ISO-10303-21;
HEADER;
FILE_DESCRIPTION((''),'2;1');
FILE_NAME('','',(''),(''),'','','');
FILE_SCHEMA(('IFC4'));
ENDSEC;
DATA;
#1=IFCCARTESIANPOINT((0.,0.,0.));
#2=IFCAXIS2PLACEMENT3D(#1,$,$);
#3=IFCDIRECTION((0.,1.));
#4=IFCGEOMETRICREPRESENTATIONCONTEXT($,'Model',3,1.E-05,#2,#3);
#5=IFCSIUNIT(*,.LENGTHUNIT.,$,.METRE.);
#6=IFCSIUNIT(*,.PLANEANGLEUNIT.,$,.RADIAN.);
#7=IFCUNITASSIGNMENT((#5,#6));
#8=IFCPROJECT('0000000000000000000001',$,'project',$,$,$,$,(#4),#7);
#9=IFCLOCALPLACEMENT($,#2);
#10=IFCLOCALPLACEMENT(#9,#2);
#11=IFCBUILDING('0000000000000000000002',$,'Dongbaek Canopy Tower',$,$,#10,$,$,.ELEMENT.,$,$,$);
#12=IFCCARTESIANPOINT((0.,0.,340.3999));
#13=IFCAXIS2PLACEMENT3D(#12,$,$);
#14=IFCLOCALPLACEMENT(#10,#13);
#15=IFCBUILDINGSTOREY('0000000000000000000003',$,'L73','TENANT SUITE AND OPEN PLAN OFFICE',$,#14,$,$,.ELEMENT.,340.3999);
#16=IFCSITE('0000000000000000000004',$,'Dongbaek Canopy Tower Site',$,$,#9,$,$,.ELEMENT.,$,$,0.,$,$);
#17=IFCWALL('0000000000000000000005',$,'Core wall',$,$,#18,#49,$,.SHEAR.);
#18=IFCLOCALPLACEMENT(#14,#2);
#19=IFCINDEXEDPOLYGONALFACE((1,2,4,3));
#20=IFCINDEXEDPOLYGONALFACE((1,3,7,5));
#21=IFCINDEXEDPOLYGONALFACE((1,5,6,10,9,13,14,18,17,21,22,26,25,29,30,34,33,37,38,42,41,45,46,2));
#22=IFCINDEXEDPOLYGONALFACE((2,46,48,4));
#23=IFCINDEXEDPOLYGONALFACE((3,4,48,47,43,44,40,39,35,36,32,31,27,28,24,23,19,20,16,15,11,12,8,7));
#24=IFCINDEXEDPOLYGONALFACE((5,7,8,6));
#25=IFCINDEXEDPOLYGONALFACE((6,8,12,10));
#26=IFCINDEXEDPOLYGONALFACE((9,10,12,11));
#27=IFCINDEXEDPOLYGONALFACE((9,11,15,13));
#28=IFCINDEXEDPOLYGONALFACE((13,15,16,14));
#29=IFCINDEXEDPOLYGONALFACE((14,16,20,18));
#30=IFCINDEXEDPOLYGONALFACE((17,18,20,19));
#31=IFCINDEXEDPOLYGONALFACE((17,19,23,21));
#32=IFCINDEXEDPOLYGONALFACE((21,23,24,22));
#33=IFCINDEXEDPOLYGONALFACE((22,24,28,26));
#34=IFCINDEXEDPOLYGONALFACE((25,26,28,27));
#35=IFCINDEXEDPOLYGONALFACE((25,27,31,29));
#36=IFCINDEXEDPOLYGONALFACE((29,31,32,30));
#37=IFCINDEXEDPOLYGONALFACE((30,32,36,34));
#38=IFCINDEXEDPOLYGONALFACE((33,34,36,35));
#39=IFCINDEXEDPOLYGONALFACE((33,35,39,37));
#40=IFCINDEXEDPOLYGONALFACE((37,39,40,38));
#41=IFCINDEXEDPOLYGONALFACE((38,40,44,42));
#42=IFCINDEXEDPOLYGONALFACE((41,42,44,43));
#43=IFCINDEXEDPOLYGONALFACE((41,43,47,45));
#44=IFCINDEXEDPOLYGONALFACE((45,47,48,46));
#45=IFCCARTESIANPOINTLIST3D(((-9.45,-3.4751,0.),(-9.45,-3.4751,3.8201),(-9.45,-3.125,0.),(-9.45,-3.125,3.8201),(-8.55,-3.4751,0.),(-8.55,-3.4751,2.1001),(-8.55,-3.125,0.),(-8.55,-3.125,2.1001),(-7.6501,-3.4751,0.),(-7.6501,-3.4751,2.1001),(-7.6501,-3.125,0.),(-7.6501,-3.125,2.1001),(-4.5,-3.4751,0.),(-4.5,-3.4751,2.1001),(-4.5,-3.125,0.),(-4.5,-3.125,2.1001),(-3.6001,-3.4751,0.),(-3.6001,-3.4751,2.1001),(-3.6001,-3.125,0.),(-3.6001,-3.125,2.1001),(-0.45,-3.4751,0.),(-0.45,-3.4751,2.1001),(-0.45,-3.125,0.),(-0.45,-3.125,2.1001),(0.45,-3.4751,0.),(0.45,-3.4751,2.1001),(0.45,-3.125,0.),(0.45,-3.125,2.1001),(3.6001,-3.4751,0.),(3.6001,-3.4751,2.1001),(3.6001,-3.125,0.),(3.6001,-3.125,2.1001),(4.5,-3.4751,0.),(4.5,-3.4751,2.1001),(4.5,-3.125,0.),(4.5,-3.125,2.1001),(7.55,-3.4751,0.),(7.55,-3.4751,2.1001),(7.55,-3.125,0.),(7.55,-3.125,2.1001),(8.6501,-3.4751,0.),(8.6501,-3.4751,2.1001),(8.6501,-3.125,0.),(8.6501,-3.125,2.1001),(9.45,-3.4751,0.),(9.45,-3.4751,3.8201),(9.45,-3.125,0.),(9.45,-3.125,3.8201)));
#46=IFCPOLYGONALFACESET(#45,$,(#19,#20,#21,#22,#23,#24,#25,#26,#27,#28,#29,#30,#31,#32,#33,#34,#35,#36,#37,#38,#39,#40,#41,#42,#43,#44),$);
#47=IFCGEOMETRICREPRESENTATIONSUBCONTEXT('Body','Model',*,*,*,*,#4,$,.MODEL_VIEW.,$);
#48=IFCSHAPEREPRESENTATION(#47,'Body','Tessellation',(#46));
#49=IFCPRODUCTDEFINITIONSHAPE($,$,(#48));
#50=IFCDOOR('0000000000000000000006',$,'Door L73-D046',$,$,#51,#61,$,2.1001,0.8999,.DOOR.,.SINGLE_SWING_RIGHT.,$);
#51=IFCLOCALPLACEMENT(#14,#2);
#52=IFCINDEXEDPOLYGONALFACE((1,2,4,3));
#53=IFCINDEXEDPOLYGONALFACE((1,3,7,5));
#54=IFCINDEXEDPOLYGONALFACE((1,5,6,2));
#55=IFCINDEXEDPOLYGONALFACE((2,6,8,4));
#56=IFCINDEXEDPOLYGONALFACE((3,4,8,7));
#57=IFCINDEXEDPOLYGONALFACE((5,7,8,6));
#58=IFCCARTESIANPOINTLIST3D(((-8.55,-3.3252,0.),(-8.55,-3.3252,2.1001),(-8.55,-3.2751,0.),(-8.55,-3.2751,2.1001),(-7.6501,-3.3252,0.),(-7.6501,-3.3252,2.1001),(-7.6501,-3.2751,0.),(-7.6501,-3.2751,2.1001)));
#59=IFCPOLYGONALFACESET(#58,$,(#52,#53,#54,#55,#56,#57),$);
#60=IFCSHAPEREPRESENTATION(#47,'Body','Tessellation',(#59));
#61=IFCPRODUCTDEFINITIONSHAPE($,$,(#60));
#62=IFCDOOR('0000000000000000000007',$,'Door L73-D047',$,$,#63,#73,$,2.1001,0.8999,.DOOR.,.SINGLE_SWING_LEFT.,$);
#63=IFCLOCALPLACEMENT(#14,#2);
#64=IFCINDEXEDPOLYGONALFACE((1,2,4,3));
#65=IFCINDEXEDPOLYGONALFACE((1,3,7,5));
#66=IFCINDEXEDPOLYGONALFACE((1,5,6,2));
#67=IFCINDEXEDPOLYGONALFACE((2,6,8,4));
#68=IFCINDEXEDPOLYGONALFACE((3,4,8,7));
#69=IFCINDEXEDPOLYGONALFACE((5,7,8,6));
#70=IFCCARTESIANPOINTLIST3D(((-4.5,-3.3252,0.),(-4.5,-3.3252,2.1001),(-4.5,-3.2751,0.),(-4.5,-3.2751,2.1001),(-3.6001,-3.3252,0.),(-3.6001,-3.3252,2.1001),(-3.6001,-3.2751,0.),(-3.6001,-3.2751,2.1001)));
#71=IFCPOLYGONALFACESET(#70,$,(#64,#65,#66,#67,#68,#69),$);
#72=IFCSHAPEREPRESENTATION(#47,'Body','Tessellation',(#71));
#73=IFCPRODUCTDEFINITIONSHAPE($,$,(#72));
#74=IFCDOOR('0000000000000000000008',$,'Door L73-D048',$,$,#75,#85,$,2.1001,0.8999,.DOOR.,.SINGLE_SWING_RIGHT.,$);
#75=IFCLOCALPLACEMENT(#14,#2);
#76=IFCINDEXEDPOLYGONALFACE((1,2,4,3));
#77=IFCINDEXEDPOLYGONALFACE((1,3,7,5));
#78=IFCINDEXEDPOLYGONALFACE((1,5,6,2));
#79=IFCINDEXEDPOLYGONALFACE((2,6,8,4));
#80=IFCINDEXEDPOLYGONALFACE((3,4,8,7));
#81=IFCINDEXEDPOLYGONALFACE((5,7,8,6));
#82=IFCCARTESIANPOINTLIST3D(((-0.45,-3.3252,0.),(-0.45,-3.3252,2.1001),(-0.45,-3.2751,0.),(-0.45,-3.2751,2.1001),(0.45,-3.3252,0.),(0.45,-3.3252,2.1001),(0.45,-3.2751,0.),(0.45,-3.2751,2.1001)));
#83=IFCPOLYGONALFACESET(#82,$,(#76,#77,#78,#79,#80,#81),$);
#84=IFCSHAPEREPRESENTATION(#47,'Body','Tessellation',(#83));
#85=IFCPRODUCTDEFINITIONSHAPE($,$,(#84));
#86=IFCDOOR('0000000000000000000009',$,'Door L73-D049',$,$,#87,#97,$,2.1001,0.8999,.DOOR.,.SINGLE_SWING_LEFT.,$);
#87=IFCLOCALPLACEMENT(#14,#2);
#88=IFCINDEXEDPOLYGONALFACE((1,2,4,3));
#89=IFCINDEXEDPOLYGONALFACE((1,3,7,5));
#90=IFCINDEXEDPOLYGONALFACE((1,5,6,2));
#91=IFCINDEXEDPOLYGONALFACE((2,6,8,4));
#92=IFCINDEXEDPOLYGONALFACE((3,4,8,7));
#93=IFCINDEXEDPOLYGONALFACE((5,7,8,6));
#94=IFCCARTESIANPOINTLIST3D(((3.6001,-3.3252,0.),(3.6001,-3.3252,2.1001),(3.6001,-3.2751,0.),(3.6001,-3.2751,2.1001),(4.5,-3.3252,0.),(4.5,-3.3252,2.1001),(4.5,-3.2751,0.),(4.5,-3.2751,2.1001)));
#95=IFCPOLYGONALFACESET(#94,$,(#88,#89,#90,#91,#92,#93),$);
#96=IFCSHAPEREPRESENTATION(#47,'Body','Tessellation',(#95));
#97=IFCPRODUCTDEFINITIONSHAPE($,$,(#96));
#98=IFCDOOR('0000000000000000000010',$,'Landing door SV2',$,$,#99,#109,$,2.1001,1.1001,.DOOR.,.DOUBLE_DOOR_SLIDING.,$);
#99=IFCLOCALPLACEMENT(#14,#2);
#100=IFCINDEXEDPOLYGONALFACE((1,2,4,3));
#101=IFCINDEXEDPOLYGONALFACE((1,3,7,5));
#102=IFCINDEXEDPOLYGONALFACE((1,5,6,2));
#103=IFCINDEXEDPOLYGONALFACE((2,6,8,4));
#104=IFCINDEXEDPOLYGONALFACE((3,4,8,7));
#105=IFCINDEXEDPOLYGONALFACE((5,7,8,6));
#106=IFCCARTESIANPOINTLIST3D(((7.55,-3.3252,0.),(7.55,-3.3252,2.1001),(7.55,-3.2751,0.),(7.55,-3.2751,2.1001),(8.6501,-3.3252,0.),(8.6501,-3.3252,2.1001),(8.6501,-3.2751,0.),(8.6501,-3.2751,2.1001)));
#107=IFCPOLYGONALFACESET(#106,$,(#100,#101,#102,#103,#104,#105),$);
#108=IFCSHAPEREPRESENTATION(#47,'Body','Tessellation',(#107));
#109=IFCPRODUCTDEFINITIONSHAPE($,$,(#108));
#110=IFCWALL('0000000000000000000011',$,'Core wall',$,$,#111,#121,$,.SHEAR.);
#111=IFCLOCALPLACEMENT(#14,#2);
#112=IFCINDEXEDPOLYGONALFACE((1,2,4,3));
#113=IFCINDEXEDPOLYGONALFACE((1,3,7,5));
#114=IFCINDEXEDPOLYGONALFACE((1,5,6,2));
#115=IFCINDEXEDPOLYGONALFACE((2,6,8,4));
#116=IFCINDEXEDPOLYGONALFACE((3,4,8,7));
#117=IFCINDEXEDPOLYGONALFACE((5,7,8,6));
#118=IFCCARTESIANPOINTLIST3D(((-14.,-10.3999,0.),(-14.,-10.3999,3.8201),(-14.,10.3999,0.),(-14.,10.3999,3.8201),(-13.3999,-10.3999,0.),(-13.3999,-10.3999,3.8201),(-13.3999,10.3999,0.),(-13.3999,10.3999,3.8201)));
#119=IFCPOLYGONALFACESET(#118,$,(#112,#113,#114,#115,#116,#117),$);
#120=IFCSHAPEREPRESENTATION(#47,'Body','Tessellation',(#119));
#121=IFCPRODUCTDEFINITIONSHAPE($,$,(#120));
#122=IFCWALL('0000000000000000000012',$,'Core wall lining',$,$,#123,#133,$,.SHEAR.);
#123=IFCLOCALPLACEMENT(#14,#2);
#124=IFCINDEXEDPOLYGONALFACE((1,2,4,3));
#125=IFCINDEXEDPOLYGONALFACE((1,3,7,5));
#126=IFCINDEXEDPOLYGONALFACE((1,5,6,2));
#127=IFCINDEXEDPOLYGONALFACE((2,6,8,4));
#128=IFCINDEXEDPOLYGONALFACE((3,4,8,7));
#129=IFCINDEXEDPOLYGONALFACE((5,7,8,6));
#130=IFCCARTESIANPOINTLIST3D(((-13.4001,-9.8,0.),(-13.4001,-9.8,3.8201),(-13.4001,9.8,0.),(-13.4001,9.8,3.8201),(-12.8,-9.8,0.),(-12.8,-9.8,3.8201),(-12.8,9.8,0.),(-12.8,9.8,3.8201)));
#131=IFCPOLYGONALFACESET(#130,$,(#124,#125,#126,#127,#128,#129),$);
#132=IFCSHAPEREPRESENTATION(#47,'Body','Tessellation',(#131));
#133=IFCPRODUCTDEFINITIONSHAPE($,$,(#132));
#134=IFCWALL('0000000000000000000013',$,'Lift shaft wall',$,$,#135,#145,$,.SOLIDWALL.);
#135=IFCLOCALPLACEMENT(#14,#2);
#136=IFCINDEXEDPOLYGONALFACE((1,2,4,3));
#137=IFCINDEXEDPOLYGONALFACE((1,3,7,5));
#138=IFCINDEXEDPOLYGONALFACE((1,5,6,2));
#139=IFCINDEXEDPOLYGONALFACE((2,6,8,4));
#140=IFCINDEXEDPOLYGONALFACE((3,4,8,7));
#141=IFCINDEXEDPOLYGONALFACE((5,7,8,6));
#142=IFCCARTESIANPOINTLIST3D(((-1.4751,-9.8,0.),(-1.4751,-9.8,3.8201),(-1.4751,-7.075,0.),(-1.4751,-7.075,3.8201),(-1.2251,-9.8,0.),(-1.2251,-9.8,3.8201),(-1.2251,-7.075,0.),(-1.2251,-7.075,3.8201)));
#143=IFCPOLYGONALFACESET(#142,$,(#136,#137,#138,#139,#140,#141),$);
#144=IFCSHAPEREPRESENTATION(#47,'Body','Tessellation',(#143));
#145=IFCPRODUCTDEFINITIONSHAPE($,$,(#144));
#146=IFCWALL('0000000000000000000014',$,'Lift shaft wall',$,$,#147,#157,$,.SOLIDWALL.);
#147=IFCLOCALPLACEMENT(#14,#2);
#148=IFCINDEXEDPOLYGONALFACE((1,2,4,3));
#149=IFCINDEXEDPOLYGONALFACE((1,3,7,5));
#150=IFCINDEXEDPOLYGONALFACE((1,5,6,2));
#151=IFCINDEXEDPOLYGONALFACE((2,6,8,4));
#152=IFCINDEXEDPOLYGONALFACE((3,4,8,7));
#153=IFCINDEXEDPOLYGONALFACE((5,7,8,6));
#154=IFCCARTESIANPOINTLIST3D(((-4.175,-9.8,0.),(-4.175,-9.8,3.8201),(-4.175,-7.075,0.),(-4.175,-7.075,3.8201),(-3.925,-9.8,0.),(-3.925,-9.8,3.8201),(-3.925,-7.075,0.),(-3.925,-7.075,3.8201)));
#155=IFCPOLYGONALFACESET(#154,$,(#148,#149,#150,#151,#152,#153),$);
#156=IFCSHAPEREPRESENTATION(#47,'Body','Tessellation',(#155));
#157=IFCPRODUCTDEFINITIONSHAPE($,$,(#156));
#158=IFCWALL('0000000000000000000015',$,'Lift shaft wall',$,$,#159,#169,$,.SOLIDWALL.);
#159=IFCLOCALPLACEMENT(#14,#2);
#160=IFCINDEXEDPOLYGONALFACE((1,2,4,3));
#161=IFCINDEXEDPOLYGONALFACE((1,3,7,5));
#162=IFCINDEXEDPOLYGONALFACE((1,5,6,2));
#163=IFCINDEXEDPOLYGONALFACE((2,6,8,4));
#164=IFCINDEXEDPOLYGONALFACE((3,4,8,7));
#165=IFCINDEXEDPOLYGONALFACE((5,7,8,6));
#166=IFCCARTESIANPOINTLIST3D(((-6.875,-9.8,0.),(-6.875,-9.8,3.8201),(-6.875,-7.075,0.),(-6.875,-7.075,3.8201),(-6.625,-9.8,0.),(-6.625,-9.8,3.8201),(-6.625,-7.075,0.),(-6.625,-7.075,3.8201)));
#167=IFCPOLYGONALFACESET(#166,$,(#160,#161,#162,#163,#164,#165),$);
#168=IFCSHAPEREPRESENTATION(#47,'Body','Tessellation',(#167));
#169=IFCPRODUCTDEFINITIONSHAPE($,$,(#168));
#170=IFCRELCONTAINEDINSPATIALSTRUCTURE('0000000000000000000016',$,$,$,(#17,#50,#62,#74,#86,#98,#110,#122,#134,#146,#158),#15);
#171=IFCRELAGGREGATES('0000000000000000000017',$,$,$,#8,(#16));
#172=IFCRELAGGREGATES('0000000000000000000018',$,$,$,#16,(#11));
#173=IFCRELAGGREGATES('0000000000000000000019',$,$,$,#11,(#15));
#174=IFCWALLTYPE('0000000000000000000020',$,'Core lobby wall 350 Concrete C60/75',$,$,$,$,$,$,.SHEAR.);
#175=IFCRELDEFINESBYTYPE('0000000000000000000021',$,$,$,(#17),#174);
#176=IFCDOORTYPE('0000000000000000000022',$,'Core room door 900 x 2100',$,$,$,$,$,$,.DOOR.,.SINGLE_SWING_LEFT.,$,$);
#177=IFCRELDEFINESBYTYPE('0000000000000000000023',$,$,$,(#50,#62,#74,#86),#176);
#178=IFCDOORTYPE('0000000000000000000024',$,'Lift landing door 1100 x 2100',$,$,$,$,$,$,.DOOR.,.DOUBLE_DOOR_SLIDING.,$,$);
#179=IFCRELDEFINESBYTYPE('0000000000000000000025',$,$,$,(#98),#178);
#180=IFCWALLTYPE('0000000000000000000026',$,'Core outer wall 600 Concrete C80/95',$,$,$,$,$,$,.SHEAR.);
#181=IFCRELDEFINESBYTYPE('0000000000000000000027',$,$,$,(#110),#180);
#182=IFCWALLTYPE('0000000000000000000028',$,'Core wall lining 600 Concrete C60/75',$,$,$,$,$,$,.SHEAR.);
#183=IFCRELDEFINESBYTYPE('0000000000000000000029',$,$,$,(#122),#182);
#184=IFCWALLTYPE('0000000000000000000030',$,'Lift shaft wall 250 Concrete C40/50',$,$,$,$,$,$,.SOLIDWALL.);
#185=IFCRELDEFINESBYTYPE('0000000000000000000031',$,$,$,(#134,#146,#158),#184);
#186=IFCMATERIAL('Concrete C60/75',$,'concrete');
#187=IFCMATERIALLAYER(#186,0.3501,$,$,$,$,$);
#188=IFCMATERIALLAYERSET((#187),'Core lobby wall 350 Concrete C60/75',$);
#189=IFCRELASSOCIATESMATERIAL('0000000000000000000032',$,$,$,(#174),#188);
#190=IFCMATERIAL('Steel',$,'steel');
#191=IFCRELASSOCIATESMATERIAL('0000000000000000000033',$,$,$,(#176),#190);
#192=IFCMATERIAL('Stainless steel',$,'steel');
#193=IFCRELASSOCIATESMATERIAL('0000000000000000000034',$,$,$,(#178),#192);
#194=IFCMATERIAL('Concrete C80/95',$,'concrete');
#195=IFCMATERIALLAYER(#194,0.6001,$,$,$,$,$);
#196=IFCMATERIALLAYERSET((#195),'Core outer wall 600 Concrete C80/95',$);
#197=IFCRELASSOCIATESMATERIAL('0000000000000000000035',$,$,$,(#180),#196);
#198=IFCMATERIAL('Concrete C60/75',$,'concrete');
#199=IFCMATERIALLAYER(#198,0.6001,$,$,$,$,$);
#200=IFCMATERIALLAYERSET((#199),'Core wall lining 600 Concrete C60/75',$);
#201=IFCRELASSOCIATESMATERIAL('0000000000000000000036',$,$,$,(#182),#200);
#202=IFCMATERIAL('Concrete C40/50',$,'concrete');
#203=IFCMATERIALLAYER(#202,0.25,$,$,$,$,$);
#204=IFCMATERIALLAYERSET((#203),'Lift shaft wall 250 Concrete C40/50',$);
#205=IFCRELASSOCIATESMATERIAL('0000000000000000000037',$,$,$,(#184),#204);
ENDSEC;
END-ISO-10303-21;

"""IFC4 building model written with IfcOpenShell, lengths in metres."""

from ifc_helpers import new_model, si_unit, direction, frame, frame_2d, origin, place, context, subcontext, project, spatial, rectangle, extrude, material, layer, layer_set, type_object, element, fill, save


model = new_model("IFC4")

# Units and contexts
model_context = context("Model", 3, precision=1e-05, world=origin(), true_north=direction((0.0, 1.0)))
body_context = subcontext(model_context, "Body", "Model", "MODEL_VIEW")
ifc_project = project(units=[si_unit("LENGTHUNIT", "METRE"), si_unit("PLANEANGLEUNIT", "RADIAN")], contexts=[model_context])

# Site, building, storey
site_placement = place(None, origin())
site = spatial("IfcSite", under=ifc_project, at=site_placement, Name="Dongbaek Canopy Tower Site", CompositionType="ELEMENT", RefElevation=0.0)
building_placement = place(site_placement, origin())
building = spatial("IfcBuilding", under=site, at=building_placement, Name="Dongbaek Canopy Tower", CompositionType="ELEMENT")
storey_placement = place(building_placement, frame((0.0, 0.0, 340.3999)))
storey = spatial("IfcBuildingStorey", under=building, at=storey_placement, Name="L73", Description="TENANT SUITE AND OPEN PLAN OFFICE", CompositionType="ELEMENT", Elevation=340.3999)

# Wall, openings, doors
ifc_material_1 = material(Name="Concrete C60/75", Category="concrete")
ifc_layer_1 = layer(ifc_material_1, 0.3501)
ifc_layer_set_1 = layer_set([ifc_layer_1], Name="Core lobby wall 350 Concrete C60/75")
wall_type_1 = type_object("IfcWallType", Name="Core lobby wall 350 Concrete C60/75", PredefinedType="SHEAR", material=ifc_layer_set_1)
wall_1_placement = place(storey_placement, frame((-9.45, -3.3, 0.0), z_axis=(0.0, 0.0, 1.0), x_axis=(1.0, 0.0, 0.0)))
wall_1 = element("IfcWall", 1, at=wall_1_placement, inside=storey, type_object=wall_type_1, Name="Core wall", PredefinedType="SHEAR", context=body_context, shape_type="SweptSolid", body=[
    extrude(rectangle(XDim=18.8999, YDim=0.3501, at=frame_2d((9.45, 0.0))), origin(), (0.0, 0.0, 1.0), 3.8201),
])
opening_1_placement = place(wall_1_placement, frame((17.0, 0.0, 0.0)))
opening_1 = element("IfcOpeningElement", 2, at=opening_1_placement, cuts=wall_1, PredefinedType="OPENING", context=body_context, shape_type="SweptSolid", body=[
    extrude(rectangle(XDim=1.1001, YDim=2.1001, at=frame_2d((0.55, 1.05))), frame((0.0, 0.1851, 0.0), z_axis=(0.0, -1.0, 0.0), x_axis=(1.0, 0.0, 0.0)), (0.0, 0.0, 1.0), 0.3701),
])
opening_2_placement = place(wall_1_placement, frame((0.8999, 0.0, 0.0)))
opening_2 = element("IfcOpeningElement", 3, at=opening_2_placement, cuts=wall_1, PredefinedType="OPENING", context=body_context, shape_type="SweptSolid", body=[
    extrude(rectangle(XDim=0.8999, YDim=2.1001, at=frame_2d((0.45, 1.05))), frame((0.0, 0.1851, 0.0), z_axis=(0.0, -1.0, 0.0), x_axis=(1.0, 0.0, 0.0)), (0.0, 0.0, 1.0), 0.3701),
])
opening_3_placement = place(wall_1_placement, frame((4.95, 0.0, 0.0)))
opening_3 = element("IfcOpeningElement", 4, at=opening_3_placement, cuts=wall_1, PredefinedType="OPENING", context=body_context, shape_type="SweptSolid", body=[
    extrude(rectangle(XDim=0.8999, YDim=2.1001, at=frame_2d((0.45, 1.05))), frame((0.0, 0.1851, 0.0), z_axis=(0.0, -1.0, 0.0), x_axis=(1.0, 0.0, 0.0)), (0.0, 0.0, 1.0), 0.3701),
])
opening_4_placement = place(wall_1_placement, frame((9.0, 0.0, 0.0)))
opening_4 = element("IfcOpeningElement", 5, at=opening_4_placement, cuts=wall_1, PredefinedType="OPENING", context=body_context, shape_type="SweptSolid", body=[
    extrude(rectangle(XDim=0.8999, YDim=2.1001, at=frame_2d((0.45, 1.05))), frame((0.0, 0.1851, 0.0), z_axis=(0.0, -1.0, 0.0), x_axis=(1.0, 0.0, 0.0)), (0.0, 0.0, 1.0), 0.3701),
])
opening_5_placement = place(wall_1_placement, frame((13.05, 0.0, 0.0)))
opening_5 = element("IfcOpeningElement", 6, at=opening_5_placement, cuts=wall_1, PredefinedType="OPENING", context=body_context, shape_type="SweptSolid", body=[
    extrude(rectangle(XDim=0.8999, YDim=2.1001, at=frame_2d((0.45, 1.05))), frame((0.0, 0.1851, 0.0), z_axis=(0.0, -1.0, 0.0), x_axis=(1.0, 0.0, 0.0)), (0.0, 0.0, 1.0), 0.3701),
])
ifc_material_2 = material(Name="Steel", Category="steel")
door_type_1 = type_object("IfcDoorType", Name="Core room door 900 x 2100", OperationType="SINGLE_SWING_LEFT", PredefinedType="DOOR", material=ifc_material_2)
door_1_placement = place(opening_2_placement, origin())
door_1 = element("IfcDoor", 7, at=door_1_placement, inside=storey, type_object=door_type_1, Name="Door L73-D046", OperationType="SINGLE_SWING_RIGHT", OverallHeight=2.1001, OverallWidth=0.8999, PredefinedType="DOOR", context=body_context, shape_type="SweptSolid", body=[
    extrude(rectangle(XDim=0.8999, YDim=2.1001, at=frame_2d((0.45, 1.05))), frame((0.0, 0.0249, 0.0), z_axis=(0.0, -1.0, 0.0), x_axis=(1.0, 0.0, 0.0)), (0.0, 0.0, 1.0), 0.05),
])
fill(opening_2, door_1)
door_2_placement = place(opening_3_placement, origin())
door_2 = element("IfcDoor", 8, at=door_2_placement, inside=storey, type_object=door_type_1, Name="Door L73-D047", OperationType="SINGLE_SWING_LEFT", OverallHeight=2.1001, OverallWidth=0.8999, PredefinedType="DOOR", context=body_context, shape_type="SweptSolid", body=[
    extrude(rectangle(XDim=0.8999, YDim=2.1001, at=frame_2d((0.45, 1.05))), frame((0.0, 0.0249, 0.0), z_axis=(0.0, -1.0, 0.0), x_axis=(1.0, 0.0, 0.0)), (0.0, 0.0, 1.0), 0.05),
])
fill(opening_3, door_2)
door_3_placement = place(opening_4_placement, origin())
door_3 = element("IfcDoor", 9, at=door_3_placement, inside=storey, type_object=door_type_1, Name="Door L73-D048", OperationType="SINGLE_SWING_RIGHT", OverallHeight=2.1001, OverallWidth=0.8999, PredefinedType="DOOR", context=body_context, shape_type="SweptSolid", body=[
    extrude(rectangle(XDim=0.8999, YDim=2.1001, at=frame_2d((0.45, 1.05))), frame((0.0, 0.0249, 0.0), z_axis=(0.0, -1.0, 0.0), x_axis=(1.0, 0.0, 0.0)), (0.0, 0.0, 1.0), 0.05),
])
fill(opening_4, door_3)
door_4_placement = place(opening_5_placement, origin())
door_4 = element("IfcDoor", 10, at=door_4_placement, inside=storey, type_object=door_type_1, Name="Door L73-D049", OperationType="SINGLE_SWING_LEFT", OverallHeight=2.1001, OverallWidth=0.8999, PredefinedType="DOOR", context=body_context, shape_type="SweptSolid", body=[
    extrude(rectangle(XDim=0.8999, YDim=2.1001, at=frame_2d((0.45, 1.05))), frame((0.0, 0.0249, 0.0), z_axis=(0.0, -1.0, 0.0), x_axis=(1.0, 0.0, 0.0)), (0.0, 0.0, 1.0), 0.05),
])
fill(opening_5, door_4)
ifc_material_3 = material(Name="Stainless steel", Category="steel")
door_type_2 = type_object("IfcDoorType", Name="Lift landing door 1100 x 2100", OperationType="DOUBLE_DOOR_SLIDING", PredefinedType="DOOR", material=ifc_material_3)
door_5_placement = place(opening_1_placement, origin())
door_5 = element("IfcDoor", 11, at=door_5_placement, inside=storey, type_object=door_type_2, Name="Landing door SV2", OperationType="DOUBLE_DOOR_SLIDING", OverallHeight=2.1001, OverallWidth=1.1001, PredefinedType="DOOR", context=body_context, shape_type="SweptSolid", body=[
    extrude(rectangle(XDim=1.1001, YDim=2.1001, at=frame_2d((0.55, 1.05))), frame((0.0, 0.0249, 0.0), z_axis=(0.0, -1.0, 0.0), x_axis=(1.0, 0.0, 0.0)), (0.0, 0.0, 1.0), 0.05),
])
fill(opening_1, door_5)

# Walls
ifc_material_4 = material(Name="Concrete C80/95", Category="concrete")
ifc_layer_2 = layer(ifc_material_4, 0.6001)
ifc_layer_set_2 = layer_set([ifc_layer_2], Name="Core outer wall 600 Concrete C80/95")
wall_type_2 = type_object("IfcWallType", Name="Core outer wall 600 Concrete C80/95", PredefinedType="SHEAR", material=ifc_layer_set_2)
wall_2_placement = place(storey_placement, frame((-13.7, -10.3999, 0.0), z_axis=(0.0, 0.0, 1.0), x_axis=(0.0, 1.0, 0.0)))
element("IfcWall", 12, at=wall_2_placement, inside=storey, type_object=wall_type_2, Name="Core wall", PredefinedType="SHEAR", context=body_context, shape_type="SweptSolid", body=[
    extrude(rectangle(XDim=20.7998, YDim=0.6001, at=frame_2d((10.3999, 0.0))), origin(), (0.0, 0.0, 1.0), 3.8201),
])
ifc_material_5 = material(Name="Concrete C60/75", Category="concrete")
ifc_layer_3 = layer(ifc_material_5, 0.6001)
ifc_layer_set_3 = layer_set([ifc_layer_3], Name="Core wall lining 600 Concrete C60/75")
wall_type_3 = type_object("IfcWallType", Name="Core wall lining 600 Concrete C60/75", PredefinedType="SHEAR", material=ifc_layer_set_3)
wall_3_placement = place(storey_placement, frame((-13.1001, -9.8, 0.0), z_axis=(0.0, 0.0, 1.0), x_axis=(0.0, 1.0, 0.0)))
element("IfcWall", 13, at=wall_3_placement, inside=storey, type_object=wall_type_3, Name="Core wall lining", PredefinedType="SHEAR", context=body_context, shape_type="SweptSolid", body=[
    extrude(rectangle(XDim=19.6001, YDim=0.6001, at=frame_2d((9.8, 0.0))), origin(), (0.0, 0.0, 1.0), 3.8201),
])
ifc_material_6 = material(Name="Concrete C40/50", Category="concrete")
ifc_layer_4 = layer(ifc_material_6, 0.25)
ifc_layer_set_4 = layer_set([ifc_layer_4], Name="Lift shaft wall 250 Concrete C40/50")
wall_type_4 = type_object("IfcWallType", Name="Lift shaft wall 250 Concrete C40/50", PredefinedType="SOLIDWALL", material=ifc_layer_set_4)
for number, where, z_axis, x_axis, name in (
    (14, (-1.3501, -9.8, 0.0), (0.0, 0.0, 1.0), (0.0, 1.0, 0.0), "Lift shaft wall"),
    (15, (-4.05, -9.8, 0.0), (0.0, 0.0, 1.0), (0.0, 1.0, 0.0), "Lift shaft wall"),
    (16, (-6.75, -9.8, 0.0), (0.0, 0.0, 1.0), (0.0, 1.0, 0.0), "Lift shaft wall"),
):
    element("IfcWall", number, at=place(storey_placement, frame(where, z_axis=z_axis, x_axis=x_axis)), inside=storey, type_object=wall_type_4, Name=name, PredefinedType="SOLIDWALL", context=body_context, shape_type="SweptSolid", body=[
        extrude(rectangle(XDim=2.7251, YDim=0.25, at=frame_2d((1.3625, 0.0))), origin(), (0.0, 0.0, 1.0), 3.8201),
    ])

save(model, "model.ifc")
